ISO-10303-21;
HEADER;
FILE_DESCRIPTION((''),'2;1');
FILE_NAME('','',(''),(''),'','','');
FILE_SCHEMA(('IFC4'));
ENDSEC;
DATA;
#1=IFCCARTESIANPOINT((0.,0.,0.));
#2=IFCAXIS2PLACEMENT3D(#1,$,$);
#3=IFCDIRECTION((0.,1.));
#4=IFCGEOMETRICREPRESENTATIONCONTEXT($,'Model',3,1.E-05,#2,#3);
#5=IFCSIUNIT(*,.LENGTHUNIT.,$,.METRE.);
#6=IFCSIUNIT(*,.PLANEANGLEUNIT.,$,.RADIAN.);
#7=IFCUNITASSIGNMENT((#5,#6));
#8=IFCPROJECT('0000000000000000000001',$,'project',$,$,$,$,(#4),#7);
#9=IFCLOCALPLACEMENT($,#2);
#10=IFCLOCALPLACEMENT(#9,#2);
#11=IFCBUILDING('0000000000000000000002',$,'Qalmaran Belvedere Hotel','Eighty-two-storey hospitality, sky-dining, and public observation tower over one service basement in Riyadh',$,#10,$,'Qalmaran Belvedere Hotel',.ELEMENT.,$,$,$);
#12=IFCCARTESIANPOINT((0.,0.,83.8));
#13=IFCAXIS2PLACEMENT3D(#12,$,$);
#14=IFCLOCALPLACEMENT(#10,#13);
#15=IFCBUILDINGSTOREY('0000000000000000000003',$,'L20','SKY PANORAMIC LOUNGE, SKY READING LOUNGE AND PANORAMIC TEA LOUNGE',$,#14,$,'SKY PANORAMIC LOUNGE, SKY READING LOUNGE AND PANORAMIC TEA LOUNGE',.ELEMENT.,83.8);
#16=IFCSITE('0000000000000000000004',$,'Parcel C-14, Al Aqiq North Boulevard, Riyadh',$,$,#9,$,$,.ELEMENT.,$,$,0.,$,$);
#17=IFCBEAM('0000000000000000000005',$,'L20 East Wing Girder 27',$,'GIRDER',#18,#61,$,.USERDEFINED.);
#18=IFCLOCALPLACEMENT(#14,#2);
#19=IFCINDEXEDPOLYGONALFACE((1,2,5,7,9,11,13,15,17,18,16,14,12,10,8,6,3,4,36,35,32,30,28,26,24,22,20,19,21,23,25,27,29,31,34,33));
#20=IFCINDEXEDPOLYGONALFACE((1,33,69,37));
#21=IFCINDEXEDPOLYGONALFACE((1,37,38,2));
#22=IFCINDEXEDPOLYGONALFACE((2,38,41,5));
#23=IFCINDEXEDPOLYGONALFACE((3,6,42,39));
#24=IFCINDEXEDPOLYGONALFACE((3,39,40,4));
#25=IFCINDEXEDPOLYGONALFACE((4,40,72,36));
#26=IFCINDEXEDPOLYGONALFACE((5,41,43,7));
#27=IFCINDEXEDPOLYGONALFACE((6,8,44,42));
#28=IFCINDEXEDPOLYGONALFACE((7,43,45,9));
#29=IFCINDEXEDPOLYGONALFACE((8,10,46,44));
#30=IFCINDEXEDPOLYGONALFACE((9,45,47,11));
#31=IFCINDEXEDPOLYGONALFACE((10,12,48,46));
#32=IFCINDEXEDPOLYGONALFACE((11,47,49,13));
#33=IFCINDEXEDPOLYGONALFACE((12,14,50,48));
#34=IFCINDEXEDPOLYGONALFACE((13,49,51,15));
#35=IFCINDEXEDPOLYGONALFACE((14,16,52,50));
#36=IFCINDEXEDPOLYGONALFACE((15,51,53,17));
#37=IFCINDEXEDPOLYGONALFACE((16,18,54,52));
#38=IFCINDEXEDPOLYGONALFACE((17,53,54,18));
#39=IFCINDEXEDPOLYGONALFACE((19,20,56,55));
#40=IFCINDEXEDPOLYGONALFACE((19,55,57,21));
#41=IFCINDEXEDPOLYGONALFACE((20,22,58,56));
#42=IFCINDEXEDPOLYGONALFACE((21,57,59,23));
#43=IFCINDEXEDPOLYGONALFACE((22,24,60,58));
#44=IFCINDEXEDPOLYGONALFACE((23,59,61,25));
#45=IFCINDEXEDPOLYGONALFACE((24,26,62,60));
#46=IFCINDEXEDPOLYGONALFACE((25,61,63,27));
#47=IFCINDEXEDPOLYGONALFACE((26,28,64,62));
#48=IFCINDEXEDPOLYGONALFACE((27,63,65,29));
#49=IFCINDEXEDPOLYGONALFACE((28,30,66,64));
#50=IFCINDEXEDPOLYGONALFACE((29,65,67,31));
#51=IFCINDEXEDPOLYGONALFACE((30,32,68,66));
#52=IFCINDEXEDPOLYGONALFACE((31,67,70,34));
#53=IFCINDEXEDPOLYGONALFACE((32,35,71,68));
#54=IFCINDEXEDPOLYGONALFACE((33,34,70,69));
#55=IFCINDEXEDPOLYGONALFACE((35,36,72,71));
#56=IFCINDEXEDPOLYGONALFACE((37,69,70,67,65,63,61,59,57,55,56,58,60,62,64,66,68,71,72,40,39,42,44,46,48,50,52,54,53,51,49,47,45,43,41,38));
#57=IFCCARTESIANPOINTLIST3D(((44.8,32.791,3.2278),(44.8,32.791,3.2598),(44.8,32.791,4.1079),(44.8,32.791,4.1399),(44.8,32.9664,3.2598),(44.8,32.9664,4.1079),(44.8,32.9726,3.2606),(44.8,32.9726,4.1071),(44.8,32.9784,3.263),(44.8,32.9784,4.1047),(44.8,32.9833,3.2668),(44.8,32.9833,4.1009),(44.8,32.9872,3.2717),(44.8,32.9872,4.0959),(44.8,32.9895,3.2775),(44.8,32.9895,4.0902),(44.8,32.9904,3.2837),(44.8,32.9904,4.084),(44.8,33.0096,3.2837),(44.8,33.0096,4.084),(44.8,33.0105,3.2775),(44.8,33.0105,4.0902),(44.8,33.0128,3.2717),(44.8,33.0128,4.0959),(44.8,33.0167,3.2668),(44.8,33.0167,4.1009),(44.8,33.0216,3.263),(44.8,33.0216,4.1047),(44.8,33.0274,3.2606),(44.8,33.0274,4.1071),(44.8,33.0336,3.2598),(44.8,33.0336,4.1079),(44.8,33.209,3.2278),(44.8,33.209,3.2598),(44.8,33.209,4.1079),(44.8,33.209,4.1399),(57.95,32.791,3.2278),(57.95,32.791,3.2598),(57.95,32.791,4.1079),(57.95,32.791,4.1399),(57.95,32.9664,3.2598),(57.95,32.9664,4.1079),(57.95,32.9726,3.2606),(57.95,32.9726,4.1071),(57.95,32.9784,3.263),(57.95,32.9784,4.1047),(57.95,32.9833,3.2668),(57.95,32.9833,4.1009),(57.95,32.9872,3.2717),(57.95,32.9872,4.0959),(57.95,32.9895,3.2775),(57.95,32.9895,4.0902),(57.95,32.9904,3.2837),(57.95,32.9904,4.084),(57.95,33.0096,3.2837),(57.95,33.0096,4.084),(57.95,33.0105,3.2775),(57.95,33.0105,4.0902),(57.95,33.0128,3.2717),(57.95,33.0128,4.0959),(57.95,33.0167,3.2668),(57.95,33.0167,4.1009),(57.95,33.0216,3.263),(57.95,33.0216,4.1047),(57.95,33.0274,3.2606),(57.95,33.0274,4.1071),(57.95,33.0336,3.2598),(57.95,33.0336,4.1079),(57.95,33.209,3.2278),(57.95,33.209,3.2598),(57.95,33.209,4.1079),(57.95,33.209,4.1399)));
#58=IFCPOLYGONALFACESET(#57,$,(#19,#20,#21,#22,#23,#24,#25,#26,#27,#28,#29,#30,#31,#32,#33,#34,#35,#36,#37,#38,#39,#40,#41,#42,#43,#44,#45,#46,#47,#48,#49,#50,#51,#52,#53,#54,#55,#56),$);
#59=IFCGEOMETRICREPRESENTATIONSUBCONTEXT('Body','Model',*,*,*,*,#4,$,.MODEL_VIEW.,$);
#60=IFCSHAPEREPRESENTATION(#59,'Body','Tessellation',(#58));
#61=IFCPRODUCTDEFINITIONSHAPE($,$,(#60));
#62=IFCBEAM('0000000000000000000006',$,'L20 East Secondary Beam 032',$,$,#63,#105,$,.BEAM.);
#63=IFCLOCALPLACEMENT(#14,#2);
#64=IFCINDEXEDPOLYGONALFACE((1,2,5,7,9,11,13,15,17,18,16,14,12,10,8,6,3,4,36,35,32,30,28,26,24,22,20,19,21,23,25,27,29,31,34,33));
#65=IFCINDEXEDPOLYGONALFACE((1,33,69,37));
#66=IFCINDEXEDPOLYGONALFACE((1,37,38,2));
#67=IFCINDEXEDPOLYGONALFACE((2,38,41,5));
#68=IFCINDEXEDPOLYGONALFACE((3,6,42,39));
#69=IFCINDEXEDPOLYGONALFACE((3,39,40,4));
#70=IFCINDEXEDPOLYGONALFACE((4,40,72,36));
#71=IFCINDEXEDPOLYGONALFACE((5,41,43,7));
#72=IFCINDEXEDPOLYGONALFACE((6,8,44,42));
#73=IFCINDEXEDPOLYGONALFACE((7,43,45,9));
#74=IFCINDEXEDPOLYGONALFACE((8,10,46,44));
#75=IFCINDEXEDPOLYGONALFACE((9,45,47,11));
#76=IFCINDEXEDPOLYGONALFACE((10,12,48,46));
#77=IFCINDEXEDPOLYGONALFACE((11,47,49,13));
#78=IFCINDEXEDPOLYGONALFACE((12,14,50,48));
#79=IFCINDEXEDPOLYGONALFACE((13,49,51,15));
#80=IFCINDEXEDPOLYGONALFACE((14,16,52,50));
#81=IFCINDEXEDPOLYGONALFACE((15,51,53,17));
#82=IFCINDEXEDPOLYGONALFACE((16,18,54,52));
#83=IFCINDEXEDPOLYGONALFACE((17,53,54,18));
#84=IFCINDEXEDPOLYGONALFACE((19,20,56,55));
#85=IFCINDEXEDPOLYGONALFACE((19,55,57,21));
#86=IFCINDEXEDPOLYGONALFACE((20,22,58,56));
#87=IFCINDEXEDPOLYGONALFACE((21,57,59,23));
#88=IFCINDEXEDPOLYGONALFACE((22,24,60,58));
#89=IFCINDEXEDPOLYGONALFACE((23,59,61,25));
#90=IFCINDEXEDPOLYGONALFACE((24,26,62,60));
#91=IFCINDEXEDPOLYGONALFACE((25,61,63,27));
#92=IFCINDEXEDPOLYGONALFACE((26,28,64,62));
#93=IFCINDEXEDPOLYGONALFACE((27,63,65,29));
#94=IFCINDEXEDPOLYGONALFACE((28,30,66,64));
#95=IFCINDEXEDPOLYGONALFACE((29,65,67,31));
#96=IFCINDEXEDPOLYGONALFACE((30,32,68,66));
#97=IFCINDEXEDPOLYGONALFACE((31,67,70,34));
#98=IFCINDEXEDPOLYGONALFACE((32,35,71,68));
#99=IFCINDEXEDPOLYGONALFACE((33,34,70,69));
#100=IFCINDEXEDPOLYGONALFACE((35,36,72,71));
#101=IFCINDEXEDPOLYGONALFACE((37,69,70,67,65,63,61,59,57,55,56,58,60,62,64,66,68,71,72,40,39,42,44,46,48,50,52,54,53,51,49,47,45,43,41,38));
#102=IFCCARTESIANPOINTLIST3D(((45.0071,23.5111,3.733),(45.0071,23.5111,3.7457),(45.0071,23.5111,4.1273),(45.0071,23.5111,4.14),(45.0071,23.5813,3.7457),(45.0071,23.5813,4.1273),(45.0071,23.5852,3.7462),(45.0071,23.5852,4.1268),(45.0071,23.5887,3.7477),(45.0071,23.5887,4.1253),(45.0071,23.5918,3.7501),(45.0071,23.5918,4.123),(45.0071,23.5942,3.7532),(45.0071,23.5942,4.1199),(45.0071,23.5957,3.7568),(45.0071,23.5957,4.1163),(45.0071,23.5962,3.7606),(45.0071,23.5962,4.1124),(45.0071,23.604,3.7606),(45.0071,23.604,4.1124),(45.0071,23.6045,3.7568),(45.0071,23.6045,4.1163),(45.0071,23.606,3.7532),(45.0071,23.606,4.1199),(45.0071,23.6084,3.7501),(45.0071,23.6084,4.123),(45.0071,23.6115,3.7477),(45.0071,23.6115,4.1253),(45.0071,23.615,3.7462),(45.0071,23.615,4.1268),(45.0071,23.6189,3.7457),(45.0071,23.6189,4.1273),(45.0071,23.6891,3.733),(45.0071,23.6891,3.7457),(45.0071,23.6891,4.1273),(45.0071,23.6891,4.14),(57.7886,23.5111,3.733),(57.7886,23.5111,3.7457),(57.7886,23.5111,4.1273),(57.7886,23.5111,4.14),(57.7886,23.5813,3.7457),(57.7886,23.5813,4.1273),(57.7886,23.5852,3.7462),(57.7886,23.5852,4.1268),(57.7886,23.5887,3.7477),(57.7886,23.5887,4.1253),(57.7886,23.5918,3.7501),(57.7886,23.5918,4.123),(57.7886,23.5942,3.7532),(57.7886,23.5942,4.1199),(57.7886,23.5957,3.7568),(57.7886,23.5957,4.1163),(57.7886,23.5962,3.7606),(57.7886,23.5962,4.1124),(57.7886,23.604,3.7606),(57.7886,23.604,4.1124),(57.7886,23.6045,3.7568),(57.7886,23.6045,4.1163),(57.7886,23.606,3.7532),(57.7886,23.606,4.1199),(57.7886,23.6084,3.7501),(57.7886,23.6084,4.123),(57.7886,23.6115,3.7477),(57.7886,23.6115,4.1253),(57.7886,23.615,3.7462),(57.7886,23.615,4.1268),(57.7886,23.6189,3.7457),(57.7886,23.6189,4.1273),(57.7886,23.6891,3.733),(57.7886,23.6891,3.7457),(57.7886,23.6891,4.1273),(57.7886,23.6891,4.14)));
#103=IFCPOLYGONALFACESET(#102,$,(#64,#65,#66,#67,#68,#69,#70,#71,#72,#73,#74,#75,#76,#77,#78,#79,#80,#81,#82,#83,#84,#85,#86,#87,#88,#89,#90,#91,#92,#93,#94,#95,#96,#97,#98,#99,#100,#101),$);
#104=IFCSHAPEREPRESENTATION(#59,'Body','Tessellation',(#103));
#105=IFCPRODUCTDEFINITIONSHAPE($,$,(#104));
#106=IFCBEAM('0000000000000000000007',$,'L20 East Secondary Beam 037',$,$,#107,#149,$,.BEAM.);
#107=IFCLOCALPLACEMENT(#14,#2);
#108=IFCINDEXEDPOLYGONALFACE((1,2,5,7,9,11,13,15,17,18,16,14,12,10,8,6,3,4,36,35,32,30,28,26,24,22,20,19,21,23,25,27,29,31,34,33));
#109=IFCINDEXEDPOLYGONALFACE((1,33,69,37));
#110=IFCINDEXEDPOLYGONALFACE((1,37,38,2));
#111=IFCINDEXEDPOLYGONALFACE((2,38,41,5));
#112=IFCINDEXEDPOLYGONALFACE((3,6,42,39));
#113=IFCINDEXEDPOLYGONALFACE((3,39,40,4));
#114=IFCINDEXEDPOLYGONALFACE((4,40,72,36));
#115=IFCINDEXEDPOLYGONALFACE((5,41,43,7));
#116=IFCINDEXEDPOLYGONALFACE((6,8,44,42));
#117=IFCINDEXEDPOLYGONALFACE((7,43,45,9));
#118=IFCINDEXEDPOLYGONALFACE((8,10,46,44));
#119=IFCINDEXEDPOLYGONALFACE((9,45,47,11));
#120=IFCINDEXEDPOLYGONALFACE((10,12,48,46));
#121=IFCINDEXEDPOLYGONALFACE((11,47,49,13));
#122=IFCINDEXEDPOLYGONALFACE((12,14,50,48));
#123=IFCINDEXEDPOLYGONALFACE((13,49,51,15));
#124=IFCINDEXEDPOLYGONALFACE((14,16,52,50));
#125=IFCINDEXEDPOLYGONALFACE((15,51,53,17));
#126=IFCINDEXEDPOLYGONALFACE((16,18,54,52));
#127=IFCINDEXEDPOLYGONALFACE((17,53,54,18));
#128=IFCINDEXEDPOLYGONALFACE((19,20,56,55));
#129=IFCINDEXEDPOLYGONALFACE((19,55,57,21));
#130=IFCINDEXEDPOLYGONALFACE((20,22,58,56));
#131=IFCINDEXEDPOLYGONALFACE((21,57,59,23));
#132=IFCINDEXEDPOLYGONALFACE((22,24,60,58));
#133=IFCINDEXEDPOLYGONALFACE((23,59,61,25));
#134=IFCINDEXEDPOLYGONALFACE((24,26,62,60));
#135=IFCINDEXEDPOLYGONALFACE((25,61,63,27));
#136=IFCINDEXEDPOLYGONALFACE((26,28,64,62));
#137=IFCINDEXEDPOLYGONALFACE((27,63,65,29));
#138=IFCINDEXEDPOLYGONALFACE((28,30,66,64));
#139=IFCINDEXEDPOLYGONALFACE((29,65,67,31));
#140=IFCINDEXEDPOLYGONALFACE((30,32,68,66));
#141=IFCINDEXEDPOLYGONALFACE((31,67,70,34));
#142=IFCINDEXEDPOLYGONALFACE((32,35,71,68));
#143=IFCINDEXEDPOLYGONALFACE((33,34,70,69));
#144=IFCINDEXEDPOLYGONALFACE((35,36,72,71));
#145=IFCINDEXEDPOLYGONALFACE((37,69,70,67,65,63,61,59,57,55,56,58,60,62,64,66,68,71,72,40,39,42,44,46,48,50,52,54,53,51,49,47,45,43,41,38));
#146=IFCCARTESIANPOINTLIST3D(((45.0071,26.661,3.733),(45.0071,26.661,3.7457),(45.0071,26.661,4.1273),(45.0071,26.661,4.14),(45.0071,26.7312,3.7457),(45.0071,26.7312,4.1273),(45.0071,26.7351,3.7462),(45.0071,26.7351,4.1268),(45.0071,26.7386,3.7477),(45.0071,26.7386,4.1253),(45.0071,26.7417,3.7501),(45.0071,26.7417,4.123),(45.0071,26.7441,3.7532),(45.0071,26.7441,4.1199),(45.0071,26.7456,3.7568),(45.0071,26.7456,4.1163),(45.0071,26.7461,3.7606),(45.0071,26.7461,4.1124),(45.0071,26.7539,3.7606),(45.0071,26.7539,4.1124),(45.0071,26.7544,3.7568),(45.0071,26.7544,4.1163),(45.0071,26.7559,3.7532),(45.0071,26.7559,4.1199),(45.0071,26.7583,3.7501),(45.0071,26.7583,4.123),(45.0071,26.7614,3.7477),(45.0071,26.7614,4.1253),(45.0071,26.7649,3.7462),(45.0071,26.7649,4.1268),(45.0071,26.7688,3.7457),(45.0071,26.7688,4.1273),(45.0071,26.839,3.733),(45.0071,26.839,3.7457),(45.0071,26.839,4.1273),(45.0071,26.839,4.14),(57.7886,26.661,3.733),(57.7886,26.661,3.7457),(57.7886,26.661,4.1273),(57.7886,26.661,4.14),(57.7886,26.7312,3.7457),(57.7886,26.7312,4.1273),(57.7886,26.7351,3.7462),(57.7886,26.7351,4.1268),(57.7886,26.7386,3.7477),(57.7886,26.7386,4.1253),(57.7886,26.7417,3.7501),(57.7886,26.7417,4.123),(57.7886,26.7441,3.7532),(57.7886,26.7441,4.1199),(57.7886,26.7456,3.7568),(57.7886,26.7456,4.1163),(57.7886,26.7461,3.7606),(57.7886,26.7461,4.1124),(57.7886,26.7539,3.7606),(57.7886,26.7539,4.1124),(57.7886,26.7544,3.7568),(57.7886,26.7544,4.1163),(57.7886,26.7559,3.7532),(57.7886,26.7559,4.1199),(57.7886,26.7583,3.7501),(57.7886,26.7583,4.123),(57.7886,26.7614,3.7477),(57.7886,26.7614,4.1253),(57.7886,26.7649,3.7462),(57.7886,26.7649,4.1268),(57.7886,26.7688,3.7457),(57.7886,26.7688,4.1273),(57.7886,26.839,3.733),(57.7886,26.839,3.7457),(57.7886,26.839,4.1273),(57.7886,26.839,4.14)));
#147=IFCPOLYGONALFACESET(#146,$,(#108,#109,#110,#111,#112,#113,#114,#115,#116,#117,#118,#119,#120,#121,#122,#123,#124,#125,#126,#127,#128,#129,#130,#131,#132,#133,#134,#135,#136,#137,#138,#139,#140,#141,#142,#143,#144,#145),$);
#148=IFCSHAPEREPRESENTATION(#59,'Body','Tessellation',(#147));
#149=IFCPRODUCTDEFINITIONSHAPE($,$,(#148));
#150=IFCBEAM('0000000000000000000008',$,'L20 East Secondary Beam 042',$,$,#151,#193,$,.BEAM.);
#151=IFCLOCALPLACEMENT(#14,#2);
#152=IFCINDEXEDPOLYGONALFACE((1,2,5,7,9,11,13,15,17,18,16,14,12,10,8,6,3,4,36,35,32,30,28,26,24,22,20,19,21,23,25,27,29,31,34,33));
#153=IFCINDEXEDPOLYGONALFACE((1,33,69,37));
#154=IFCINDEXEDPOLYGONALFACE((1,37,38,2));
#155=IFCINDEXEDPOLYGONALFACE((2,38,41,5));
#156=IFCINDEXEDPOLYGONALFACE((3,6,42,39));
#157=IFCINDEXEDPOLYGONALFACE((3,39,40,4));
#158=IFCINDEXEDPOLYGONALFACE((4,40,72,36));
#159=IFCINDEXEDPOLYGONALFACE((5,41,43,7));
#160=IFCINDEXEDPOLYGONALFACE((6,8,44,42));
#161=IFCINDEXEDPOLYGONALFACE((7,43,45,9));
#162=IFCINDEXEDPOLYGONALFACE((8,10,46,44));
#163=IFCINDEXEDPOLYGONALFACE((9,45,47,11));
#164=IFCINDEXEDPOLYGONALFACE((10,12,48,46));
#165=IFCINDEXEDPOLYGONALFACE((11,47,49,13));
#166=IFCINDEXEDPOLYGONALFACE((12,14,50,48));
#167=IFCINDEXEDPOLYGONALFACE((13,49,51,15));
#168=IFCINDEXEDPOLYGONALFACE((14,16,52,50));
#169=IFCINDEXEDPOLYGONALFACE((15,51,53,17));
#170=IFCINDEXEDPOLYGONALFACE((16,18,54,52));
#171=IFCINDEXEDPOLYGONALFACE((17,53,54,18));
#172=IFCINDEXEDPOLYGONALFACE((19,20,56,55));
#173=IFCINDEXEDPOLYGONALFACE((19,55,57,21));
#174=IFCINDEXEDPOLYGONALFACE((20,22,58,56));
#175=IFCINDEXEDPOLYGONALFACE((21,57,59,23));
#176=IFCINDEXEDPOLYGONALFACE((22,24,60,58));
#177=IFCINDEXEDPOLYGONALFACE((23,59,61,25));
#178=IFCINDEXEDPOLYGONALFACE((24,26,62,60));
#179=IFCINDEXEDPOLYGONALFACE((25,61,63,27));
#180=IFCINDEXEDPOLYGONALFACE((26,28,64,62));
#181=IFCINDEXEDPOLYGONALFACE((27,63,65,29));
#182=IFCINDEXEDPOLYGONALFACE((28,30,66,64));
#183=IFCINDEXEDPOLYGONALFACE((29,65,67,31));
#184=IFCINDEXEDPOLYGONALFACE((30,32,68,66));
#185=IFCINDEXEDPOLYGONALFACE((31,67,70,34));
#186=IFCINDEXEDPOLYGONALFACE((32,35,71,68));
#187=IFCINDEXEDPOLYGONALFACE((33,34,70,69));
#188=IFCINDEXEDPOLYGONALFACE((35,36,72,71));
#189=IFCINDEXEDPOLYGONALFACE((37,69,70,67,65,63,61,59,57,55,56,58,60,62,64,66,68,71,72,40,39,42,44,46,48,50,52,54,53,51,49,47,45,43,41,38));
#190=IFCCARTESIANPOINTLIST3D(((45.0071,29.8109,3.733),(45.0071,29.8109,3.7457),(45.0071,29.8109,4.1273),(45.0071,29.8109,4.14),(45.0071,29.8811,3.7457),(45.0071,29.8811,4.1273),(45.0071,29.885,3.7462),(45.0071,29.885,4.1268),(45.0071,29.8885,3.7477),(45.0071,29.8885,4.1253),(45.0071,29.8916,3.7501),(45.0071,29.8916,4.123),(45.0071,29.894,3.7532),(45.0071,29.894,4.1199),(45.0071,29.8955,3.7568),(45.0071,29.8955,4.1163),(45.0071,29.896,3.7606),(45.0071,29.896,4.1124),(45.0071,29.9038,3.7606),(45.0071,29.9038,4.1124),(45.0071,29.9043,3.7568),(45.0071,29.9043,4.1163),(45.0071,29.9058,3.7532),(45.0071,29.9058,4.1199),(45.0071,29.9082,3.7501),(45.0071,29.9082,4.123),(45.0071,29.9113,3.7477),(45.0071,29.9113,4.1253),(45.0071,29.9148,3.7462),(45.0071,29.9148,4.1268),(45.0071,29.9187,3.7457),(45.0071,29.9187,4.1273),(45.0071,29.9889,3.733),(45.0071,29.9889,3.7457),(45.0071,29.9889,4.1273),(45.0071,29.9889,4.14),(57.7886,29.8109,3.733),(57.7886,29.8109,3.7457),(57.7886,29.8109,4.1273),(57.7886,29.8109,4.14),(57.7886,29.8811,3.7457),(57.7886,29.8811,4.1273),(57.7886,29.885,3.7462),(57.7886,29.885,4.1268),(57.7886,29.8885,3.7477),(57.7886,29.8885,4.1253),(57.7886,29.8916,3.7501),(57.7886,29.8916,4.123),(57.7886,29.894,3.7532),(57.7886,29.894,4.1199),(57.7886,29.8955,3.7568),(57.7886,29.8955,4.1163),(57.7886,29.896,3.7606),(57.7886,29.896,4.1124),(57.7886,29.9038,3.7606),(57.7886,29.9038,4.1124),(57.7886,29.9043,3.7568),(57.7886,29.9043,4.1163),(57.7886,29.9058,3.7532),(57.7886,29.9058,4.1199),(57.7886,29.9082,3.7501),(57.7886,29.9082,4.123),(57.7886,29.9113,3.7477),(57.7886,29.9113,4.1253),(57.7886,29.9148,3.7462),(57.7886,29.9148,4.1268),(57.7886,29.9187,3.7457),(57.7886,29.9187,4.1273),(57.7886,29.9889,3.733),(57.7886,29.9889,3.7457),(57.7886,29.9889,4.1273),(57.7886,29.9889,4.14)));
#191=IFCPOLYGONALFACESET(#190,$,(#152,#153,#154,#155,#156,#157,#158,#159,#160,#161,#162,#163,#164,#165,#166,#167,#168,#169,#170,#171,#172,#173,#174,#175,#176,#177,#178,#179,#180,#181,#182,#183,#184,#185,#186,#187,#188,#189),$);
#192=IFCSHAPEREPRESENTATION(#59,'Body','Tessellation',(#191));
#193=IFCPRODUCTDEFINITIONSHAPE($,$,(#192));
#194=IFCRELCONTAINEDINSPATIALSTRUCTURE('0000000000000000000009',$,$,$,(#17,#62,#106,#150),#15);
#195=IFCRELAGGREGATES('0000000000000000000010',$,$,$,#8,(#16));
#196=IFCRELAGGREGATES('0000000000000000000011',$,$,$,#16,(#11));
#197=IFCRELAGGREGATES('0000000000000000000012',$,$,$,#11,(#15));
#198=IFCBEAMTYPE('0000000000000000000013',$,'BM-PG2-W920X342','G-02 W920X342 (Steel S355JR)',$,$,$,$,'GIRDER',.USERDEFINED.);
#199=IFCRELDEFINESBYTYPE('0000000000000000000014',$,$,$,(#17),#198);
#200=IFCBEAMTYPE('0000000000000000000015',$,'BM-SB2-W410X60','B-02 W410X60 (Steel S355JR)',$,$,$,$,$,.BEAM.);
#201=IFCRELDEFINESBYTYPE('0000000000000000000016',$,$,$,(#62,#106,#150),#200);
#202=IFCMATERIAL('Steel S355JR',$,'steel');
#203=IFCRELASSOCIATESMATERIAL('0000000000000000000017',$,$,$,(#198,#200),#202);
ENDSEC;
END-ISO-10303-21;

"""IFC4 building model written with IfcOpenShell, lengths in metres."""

from ifc_helpers import new_model, si_unit, direction, frame, origin, origin_2d, place, context, subcontext, project, spatial, i_section, extrude, material, material_profile, profile_set, type_object, element, save


model = new_model("IFC4")

# Units and contexts
model_context = context("Model", 3, precision=1e-05, world=origin(), true_north=direction((0.0, 1.0)))
body_context = subcontext(model_context, "Body", "Model", "MODEL_VIEW")
ifc_project = project(units=[si_unit("LENGTHUNIT", "METRE"), si_unit("PLANEANGLEUNIT", "RADIAN")], contexts=[model_context])

# Site, building, storey
site_placement = place(None, origin())
site = spatial("IfcSite", under=ifc_project, at=site_placement, Name="Parcel C-14, Al Aqiq North Boulevard, Riyadh", CompositionType="ELEMENT", RefElevation=0.0)
building_placement = place(site_placement, origin())
building = spatial("IfcBuilding", under=site, at=building_placement, Name="Qalmaran Belvedere Hotel", Description="Eighty-two-storey hospitality, sky-dining, and public observation tower over one service basement in Riyadh", LongName="Qalmaran Belvedere Hotel", CompositionType="ELEMENT")
storey_placement = place(building_placement, frame((0.0, 0.0, 83.8)))
storey = spatial("IfcBuildingStorey", under=building, at=storey_placement, Name="L20", Description="SKY PANORAMIC LOUNGE, SKY READING LOUNGE AND PANORAMIC TEA LOUNGE", LongName="SKY PANORAMIC LOUNGE, SKY READING LOUNGE AND PANORAMIC TEA LOUNGE", CompositionType="ELEMENT", Elevation=83.8)

# Beams
ifc_material_1 = material(Name="Steel S355JR", Category="steel")
ifc_material_profile_1 = material_profile(ifc_material_1, i_section(OverallWidth=0.418, OverallDepth=0.9121, WebThickness=0.0193, FlangeThickness=0.032, FilletRadius=0.0239, at=origin_2d()), Name="W920X342")
ifc_profile_set_1 = profile_set([ifc_material_profile_1], Name="Steel S355JR")
beam_type_1 = type_object("IfcBeamType", Name="BM-PG2-W920X342", Description="G-02 W920X342 (Steel S355JR)", ElementType="GIRDER", PredefinedType="USERDEFINED", material=ifc_profile_set_1)
for number, where, z_axis, x_axis, name in (
    (1, (44.8, 33.0, 3.6838), (1.0, 0.0, 0.0), (0.0, 1.0, 0.0), "L20 East Wing Girder 27"),
):
    element("IfcBeam", number, at=place(storey_placement, frame(where, z_axis=z_axis, x_axis=x_axis)), inside=storey, type_object=beam_type_1, Name=name, ObjectType="GIRDER", PredefinedType="USERDEFINED", context=body_context, shape_type="SweptSolid", body=[
        extrude(i_section(OverallWidth=0.418, OverallDepth=0.9121, WebThickness=0.0193, FlangeThickness=0.032, FilletRadius=0.0239, at=origin_2d()), origin(), (0.0, 0.0, 1.0), 13.1499),
    ])
ifc_material_profile_2 = material_profile(ifc_material_1, i_section(OverallWidth=0.178, OverallDepth=0.407, WebThickness=0.0078, FlangeThickness=0.0127, FilletRadius=0.0149, at=origin_2d()), Name="W410X60")
ifc_profile_set_2 = profile_set([ifc_material_profile_2], Name="Steel S355JR")
beam_type_2 = type_object("IfcBeamType", Name="BM-SB2-W410X60", Description="B-02 W410X60 (Steel S355JR)", PredefinedType="BEAM", material=ifc_profile_set_2)
for number, where, z_axis, x_axis, name in (
    (2, (45.0071, 23.6001, 3.9365), (1.0, 0.0, 0.0), (0.0, 1.0, 0.0), "L20 East Secondary Beam 032"),
    (3, (45.0071, 26.75, 3.9365), (1.0, 0.0, 0.0), (0.0, 1.0, 0.0), "L20 East Secondary Beam 037"),
    (4, (45.0071, 29.8999, 3.9365), (1.0, 0.0, 0.0), (0.0, 1.0, 0.0), "L20 East Secondary Beam 042"),
):
    element("IfcBeam", number, at=place(storey_placement, frame(where, z_axis=z_axis, x_axis=x_axis)), inside=storey, type_object=beam_type_2, Name=name, PredefinedType="BEAM", context=body_context, shape_type="SweptSolid", body=[
        extrude(i_section(OverallWidth=0.178, OverallDepth=0.407, WebThickness=0.0078, FlangeThickness=0.0127, FilletRadius=0.0149, at=origin_2d()), origin(), (0.0, 0.0, 1.0), 12.7815),
    ])

save(model, "model.ifc")
